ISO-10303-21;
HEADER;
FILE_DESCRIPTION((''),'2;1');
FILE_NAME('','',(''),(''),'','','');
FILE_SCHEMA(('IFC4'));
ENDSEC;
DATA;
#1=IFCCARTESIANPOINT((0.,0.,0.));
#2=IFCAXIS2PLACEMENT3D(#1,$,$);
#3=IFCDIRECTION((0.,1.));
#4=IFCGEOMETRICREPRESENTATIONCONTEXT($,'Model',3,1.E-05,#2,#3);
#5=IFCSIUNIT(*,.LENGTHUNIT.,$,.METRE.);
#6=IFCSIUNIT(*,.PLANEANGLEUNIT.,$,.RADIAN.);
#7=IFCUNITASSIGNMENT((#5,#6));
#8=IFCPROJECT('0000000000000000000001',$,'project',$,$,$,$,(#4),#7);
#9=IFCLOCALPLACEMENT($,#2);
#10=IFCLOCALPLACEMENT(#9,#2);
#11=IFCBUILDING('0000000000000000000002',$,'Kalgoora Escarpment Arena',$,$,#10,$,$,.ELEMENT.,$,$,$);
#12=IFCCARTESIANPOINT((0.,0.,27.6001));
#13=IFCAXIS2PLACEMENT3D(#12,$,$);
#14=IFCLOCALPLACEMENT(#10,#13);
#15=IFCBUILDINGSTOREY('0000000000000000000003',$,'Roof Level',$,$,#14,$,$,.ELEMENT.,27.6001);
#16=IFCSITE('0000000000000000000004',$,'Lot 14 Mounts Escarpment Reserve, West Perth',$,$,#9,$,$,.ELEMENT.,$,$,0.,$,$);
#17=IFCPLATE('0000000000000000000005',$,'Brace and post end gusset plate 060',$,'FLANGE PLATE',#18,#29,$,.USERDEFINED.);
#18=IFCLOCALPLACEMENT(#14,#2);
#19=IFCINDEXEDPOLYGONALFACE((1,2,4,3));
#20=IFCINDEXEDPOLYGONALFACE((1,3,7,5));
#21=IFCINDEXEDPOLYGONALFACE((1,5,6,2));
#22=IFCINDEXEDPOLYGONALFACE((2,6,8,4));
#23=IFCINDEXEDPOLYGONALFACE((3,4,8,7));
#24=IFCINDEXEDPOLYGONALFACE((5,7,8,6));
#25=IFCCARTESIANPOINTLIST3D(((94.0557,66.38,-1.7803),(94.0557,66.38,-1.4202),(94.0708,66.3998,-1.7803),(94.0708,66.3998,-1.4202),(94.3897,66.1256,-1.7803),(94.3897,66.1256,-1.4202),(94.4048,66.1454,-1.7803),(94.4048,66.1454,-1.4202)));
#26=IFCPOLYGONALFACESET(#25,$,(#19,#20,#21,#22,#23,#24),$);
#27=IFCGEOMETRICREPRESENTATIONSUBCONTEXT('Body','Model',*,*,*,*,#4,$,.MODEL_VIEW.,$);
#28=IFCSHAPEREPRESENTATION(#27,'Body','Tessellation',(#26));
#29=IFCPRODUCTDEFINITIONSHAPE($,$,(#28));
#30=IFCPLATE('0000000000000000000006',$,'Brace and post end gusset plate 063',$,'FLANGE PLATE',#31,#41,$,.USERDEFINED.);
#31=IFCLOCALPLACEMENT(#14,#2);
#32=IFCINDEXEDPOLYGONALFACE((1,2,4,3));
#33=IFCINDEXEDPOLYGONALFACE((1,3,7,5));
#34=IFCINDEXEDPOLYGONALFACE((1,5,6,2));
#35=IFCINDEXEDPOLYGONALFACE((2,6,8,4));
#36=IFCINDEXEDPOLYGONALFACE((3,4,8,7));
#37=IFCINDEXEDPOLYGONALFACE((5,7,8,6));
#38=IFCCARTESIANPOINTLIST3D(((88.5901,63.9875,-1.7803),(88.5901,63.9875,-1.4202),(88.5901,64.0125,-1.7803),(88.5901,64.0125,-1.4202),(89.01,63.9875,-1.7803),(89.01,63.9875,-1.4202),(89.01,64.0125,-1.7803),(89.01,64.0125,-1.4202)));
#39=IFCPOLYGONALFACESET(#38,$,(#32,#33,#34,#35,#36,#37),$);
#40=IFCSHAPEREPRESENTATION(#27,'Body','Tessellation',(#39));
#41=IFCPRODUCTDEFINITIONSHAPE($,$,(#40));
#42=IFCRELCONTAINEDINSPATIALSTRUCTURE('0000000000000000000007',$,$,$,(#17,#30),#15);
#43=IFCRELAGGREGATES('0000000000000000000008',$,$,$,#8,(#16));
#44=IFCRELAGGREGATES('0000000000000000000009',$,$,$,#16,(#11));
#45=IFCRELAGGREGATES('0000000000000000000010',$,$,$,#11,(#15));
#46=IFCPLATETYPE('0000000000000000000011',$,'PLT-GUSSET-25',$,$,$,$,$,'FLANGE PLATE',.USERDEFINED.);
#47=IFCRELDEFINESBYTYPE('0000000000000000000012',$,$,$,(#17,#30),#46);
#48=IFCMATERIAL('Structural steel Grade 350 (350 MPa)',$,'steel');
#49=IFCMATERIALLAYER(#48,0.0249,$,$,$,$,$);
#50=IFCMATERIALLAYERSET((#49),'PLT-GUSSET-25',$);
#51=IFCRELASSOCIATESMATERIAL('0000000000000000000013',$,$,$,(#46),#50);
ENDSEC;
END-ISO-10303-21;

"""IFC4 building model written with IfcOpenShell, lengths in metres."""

from ifc_helpers import new_model, si_unit, direction, frame, origin, origin_2d, place, context, subcontext, project, spatial, rectangle, extrude, material, layer, layer_set, type_object, element, save


model = new_model("IFC4")

# Units and contexts
model_context = context("Model", 3, precision=1e-05, world=origin(), true_north=direction((0.0, 1.0)))
body_context = subcontext(model_context, "Body", "Model", "MODEL_VIEW")
ifc_project = project(units=[si_unit("LENGTHUNIT", "METRE"), si_unit("PLANEANGLEUNIT", "RADIAN")], contexts=[model_context])

# Site, building, storey
site_placement = place(None, origin())
site = spatial("IfcSite", under=ifc_project, at=site_placement, Name="Lot 14 Mounts Escarpment Reserve, West Perth", CompositionType="ELEMENT", RefElevation=0.0)
building_placement = place(site_placement, origin())
building = spatial("IfcBuilding", under=site, at=building_placement, Name="Kalgoora Escarpment Arena", CompositionType="ELEMENT")
storey_placement = place(building_placement, frame((0.0, 0.0, 27.6001)))
storey = spatial("IfcBuildingStorey", under=building, at=storey_placement, Name="Roof Level", CompositionType="ELEMENT", Elevation=27.6001)

# Plates
ifc_material_1 = material(Name="Structural steel Grade 350 (350 MPa)", Category="steel")
ifc_layer = layer(ifc_material_1, 0.0249)
ifc_layer_set = layer_set([ifc_layer], Name="PLT-GUSSET-25")
plate_type = type_object("IfcPlateType", Name="PLT-GUSSET-25", ElementType="FLANGE PLATE", PredefinedType="USERDEFINED", material=ifc_layer_set)
for number, where, z_axis, x_axis, name in (
    (1, (94.2302, 66.2627, -1.7803), (0.0, 0.0, 1.0), (0.795473, -0.605988, 0.0), "Brace and post end gusset plate 060"),
    (2, (88.8, 64.0, -1.7803), (0.0, 0.0, 1.0), (1.0, 0.0, 0.0), "Brace and post end gusset plate 063"),
):
    element("IfcPlate", number, at=place(storey_placement, frame(where, z_axis=z_axis, x_axis=x_axis)), inside=storey, type_object=plate_type, Name=name, ObjectType="FLANGE PLATE", PredefinedType="USERDEFINED", context=body_context, shape_type="SweptSolid", body=[
        extrude(rectangle(XDim=0.4199, YDim=0.0249, at=origin_2d()), origin(), (0.0, 0.0, 1.0), 0.3601),
    ])

save(model, "model.ifc")
